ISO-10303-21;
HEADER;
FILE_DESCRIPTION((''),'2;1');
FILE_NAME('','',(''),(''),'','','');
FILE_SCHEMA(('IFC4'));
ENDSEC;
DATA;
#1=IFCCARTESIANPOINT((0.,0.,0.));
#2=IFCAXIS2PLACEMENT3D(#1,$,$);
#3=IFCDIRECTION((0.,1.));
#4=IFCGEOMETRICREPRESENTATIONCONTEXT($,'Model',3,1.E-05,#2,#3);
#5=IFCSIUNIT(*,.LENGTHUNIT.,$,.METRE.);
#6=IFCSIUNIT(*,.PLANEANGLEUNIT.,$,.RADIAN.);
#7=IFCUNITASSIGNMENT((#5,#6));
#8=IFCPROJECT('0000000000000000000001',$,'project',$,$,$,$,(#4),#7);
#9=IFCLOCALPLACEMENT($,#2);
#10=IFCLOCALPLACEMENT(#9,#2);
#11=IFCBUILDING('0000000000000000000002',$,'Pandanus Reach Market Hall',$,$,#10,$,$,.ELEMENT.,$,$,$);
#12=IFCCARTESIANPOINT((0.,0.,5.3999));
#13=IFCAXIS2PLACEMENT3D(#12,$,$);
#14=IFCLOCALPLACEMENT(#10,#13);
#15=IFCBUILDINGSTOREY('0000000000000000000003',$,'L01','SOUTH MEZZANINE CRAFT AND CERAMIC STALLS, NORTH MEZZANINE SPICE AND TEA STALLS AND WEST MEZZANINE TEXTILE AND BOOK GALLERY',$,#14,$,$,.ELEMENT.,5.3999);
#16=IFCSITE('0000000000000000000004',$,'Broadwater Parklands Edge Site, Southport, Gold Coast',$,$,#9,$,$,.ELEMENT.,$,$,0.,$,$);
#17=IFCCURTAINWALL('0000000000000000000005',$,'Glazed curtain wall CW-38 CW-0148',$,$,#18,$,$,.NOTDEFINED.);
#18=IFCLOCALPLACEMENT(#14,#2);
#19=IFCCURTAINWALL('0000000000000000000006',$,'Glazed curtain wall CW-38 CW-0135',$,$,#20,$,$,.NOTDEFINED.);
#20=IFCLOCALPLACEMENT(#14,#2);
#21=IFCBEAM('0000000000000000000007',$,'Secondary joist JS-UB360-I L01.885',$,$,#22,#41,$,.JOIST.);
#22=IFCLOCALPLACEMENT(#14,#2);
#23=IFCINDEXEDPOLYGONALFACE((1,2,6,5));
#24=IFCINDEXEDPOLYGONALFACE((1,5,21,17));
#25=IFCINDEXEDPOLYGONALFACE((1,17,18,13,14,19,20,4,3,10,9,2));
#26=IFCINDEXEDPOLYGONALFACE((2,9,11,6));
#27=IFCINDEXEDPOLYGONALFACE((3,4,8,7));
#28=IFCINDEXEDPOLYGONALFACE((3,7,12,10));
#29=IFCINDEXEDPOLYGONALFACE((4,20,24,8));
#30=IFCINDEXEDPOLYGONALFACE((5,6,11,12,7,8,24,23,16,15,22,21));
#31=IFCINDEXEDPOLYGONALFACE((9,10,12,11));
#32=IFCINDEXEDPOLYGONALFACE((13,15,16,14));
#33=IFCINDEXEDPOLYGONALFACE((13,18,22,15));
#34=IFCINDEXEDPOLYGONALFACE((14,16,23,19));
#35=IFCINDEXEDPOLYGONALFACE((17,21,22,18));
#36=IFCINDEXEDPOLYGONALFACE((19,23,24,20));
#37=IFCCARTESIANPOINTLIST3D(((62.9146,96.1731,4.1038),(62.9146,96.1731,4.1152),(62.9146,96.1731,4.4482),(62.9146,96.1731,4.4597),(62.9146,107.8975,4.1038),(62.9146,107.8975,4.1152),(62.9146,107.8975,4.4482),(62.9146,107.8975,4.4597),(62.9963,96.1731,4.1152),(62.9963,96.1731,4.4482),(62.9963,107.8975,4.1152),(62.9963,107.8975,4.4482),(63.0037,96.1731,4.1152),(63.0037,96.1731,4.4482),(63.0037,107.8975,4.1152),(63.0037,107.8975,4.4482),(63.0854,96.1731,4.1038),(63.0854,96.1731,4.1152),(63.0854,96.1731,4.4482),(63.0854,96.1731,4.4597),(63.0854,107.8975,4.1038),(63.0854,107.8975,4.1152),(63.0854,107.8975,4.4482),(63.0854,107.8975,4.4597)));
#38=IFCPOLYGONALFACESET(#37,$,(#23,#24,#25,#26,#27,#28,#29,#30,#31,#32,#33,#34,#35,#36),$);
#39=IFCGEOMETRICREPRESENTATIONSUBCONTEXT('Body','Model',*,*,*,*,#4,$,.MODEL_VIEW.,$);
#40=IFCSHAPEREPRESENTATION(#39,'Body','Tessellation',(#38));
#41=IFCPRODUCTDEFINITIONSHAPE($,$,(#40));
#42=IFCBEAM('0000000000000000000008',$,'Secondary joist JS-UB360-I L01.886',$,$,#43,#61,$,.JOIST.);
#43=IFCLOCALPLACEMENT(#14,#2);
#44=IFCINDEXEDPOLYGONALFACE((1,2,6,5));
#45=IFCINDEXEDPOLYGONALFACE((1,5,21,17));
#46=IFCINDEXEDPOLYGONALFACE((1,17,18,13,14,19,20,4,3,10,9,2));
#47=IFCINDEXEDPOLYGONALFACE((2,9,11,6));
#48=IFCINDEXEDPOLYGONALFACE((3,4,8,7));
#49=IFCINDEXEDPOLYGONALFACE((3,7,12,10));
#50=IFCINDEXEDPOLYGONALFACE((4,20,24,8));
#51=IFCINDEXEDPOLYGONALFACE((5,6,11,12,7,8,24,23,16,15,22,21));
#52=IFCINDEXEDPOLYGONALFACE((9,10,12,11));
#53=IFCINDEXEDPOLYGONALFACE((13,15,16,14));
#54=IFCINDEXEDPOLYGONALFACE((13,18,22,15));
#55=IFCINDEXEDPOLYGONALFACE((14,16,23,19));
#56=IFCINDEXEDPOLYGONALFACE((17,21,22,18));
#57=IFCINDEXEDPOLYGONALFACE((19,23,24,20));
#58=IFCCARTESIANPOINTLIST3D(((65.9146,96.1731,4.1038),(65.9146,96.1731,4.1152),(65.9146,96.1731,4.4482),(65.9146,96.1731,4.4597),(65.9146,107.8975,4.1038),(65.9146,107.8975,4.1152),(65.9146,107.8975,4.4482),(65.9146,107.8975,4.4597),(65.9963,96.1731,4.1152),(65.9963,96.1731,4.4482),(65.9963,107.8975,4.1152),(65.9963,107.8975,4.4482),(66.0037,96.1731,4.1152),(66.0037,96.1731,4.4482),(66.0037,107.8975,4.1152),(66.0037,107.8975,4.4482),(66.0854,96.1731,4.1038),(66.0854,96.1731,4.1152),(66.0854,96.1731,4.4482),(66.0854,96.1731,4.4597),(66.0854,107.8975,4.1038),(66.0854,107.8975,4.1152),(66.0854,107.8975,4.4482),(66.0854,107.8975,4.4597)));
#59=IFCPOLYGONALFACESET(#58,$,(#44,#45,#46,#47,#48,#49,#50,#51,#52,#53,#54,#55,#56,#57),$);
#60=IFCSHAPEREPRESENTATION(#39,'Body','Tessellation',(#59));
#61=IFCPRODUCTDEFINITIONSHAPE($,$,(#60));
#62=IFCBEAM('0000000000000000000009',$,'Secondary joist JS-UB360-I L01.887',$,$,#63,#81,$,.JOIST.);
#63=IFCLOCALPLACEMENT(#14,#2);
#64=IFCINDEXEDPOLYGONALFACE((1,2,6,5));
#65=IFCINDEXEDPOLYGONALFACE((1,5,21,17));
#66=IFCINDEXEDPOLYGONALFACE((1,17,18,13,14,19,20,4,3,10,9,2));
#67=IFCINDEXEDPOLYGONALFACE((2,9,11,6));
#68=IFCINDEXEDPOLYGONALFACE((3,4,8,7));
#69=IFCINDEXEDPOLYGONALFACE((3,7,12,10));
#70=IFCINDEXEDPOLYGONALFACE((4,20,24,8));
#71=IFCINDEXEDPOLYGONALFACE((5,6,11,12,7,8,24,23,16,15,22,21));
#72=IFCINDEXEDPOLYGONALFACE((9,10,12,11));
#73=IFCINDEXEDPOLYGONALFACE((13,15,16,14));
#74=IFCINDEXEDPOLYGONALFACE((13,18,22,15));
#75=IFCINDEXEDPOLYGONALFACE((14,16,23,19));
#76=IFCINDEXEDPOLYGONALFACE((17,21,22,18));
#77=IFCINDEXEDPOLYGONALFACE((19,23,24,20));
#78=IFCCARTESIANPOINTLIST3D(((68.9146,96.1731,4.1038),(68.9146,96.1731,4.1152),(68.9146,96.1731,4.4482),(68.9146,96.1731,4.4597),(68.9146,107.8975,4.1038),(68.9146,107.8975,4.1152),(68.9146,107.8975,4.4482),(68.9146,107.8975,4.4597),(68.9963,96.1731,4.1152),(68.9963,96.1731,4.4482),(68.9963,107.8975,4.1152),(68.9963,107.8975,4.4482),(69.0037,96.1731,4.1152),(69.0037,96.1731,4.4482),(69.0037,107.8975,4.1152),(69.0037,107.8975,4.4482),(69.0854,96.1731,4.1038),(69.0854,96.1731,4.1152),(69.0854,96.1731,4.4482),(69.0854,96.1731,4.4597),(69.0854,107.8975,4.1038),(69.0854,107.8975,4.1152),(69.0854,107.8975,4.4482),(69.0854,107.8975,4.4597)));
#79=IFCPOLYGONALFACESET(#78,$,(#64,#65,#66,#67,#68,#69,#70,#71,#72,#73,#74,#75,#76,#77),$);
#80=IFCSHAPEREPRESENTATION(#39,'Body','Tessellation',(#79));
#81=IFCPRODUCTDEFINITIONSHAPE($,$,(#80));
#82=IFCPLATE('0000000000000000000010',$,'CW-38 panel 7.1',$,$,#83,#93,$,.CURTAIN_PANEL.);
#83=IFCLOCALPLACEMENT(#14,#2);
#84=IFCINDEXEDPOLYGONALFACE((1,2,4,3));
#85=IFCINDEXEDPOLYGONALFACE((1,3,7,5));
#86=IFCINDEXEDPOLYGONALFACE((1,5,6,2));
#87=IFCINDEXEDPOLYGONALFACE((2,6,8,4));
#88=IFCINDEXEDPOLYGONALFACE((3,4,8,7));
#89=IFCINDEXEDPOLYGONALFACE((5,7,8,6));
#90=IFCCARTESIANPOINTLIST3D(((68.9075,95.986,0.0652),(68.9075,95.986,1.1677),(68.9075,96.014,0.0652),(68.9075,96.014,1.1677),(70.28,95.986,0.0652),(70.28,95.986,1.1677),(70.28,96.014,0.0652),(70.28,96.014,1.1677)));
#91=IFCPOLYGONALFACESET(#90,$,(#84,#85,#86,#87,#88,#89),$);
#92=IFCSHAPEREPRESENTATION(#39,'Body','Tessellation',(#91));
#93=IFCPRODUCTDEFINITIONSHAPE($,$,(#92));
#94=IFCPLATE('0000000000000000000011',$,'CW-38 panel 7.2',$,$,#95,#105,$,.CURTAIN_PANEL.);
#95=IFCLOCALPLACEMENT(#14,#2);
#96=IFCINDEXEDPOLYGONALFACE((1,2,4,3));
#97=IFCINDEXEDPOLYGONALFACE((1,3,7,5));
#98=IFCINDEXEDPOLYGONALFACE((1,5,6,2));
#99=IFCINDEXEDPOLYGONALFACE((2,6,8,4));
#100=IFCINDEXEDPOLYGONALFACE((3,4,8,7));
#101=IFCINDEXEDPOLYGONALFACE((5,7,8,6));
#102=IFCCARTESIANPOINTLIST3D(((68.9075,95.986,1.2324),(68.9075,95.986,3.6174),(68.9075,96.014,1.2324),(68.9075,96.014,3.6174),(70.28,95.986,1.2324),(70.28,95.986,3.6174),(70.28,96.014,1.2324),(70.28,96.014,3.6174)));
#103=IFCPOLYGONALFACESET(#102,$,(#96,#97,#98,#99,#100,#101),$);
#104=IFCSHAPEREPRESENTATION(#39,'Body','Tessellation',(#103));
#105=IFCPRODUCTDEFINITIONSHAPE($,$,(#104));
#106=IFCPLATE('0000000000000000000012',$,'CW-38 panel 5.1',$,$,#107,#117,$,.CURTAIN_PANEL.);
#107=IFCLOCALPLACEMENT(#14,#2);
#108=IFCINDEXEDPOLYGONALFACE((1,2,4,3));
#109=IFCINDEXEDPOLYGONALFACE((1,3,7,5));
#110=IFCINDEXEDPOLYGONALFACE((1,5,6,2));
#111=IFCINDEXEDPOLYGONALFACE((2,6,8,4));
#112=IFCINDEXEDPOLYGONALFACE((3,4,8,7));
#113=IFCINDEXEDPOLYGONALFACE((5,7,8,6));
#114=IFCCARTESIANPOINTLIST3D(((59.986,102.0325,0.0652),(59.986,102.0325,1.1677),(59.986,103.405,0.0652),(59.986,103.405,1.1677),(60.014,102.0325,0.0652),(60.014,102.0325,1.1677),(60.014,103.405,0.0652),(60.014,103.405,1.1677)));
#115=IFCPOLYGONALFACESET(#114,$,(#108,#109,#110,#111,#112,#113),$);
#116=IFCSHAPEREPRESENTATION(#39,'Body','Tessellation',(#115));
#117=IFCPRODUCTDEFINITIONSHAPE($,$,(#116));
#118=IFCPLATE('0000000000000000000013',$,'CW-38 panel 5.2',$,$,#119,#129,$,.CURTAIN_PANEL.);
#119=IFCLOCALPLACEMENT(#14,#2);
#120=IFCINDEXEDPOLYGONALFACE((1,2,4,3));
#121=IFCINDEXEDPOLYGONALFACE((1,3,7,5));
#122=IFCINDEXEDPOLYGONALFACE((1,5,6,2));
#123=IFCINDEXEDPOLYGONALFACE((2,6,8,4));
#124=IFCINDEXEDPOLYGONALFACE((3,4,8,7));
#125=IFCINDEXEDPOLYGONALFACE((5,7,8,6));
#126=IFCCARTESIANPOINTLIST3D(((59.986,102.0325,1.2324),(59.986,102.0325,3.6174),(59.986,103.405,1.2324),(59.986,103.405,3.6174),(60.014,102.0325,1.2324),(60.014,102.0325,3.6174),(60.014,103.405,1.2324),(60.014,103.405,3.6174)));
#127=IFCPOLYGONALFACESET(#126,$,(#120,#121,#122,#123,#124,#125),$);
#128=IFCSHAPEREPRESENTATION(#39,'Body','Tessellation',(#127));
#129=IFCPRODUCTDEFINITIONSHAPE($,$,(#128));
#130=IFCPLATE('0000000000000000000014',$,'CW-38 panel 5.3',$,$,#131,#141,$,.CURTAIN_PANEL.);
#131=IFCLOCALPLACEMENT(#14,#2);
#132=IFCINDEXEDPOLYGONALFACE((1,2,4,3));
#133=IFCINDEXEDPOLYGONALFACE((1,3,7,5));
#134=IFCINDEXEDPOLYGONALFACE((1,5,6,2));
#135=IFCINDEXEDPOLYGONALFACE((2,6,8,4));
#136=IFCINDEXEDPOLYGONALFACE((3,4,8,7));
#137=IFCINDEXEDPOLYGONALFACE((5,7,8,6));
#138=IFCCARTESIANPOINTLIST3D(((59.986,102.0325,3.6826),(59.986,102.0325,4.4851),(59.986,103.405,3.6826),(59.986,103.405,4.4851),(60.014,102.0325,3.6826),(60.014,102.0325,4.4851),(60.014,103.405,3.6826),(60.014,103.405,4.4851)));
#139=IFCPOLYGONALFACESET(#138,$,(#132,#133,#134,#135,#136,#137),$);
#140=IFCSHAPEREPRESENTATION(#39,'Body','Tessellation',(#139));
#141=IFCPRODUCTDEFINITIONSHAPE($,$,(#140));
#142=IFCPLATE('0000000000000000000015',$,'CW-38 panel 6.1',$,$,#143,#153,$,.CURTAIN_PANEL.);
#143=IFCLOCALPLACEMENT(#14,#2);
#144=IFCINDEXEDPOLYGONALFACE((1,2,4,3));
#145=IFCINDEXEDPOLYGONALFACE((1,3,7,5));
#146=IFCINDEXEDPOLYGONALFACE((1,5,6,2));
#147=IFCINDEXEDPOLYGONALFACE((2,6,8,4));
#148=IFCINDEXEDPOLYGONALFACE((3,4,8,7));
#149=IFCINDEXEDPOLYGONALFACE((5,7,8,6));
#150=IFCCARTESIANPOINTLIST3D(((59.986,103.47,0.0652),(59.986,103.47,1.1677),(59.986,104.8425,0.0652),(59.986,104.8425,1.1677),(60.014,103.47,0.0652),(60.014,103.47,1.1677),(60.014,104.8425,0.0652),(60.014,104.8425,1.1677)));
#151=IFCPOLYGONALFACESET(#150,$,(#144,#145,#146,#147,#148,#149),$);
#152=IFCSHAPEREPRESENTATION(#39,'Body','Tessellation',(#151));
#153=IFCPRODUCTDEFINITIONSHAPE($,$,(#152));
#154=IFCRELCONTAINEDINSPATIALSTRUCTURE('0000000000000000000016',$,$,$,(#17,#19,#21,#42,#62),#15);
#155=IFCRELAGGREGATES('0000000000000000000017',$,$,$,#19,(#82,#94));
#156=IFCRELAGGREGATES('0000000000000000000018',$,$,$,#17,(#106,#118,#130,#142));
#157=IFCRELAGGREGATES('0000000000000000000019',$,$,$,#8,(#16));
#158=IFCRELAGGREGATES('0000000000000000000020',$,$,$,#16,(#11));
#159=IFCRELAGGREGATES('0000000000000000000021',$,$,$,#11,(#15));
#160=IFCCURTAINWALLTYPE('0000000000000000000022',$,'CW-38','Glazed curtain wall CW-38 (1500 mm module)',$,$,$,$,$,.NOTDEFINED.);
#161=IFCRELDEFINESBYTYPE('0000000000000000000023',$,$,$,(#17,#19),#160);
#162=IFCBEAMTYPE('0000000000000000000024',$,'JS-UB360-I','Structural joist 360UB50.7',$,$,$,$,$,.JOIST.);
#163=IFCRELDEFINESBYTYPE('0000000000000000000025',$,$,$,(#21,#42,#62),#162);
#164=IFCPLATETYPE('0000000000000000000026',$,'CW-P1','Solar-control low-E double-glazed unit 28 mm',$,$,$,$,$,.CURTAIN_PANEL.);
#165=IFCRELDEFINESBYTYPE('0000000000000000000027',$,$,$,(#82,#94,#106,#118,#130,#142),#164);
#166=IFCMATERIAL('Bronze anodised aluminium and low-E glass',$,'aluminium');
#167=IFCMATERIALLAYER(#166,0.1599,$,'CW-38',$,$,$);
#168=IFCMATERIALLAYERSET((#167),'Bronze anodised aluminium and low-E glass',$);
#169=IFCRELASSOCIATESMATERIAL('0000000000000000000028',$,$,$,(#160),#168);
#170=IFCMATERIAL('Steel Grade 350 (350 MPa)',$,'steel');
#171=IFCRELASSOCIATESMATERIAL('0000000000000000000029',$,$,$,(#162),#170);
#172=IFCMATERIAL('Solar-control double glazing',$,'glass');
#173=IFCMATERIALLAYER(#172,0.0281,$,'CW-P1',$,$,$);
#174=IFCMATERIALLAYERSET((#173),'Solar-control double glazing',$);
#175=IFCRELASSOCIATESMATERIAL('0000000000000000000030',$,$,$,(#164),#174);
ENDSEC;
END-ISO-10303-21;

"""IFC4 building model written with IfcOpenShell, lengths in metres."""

from ifc_helpers import new_model, si_unit, direction, frame, origin, origin_2d, place, context, subcontext, project, spatial, rectangle, i_section, extrude, material, layer, layer_set, material_profile, profile_set, type_object, element, aggregate, save


model = new_model("IFC4")

# Units and contexts
model_context = context("Model", 3, precision=1e-05, world=origin(), true_north=direction((0.0, 1.0)))
body_context = subcontext(model_context, "Body", "Model", "MODEL_VIEW")
ifc_project = project(units=[si_unit("LENGTHUNIT", "METRE"), si_unit("PLANEANGLEUNIT", "RADIAN")], contexts=[model_context])

# Site, building, storey
site_placement = place(None, origin())
site = spatial("IfcSite", under=ifc_project, at=site_placement, Name="Broadwater Parklands Edge Site, Southport, Gold Coast", CompositionType="ELEMENT", RefElevation=0.0)
building_placement = place(site_placement, origin())
building = spatial("IfcBuilding", under=site, at=building_placement, Name="Pandanus Reach Market Hall", CompositionType="ELEMENT")
storey_placement = place(building_placement, frame((0.0, 0.0, 5.3999)))
storey = spatial("IfcBuildingStorey", under=building, at=storey_placement, Name="L01", Description="SOUTH MEZZANINE CRAFT AND CERAMIC STALLS, NORTH MEZZANINE SPICE AND TEA STALLS AND WEST MEZZANINE TEXTILE AND BOOK GALLERY", CompositionType="ELEMENT", Elevation=5.3999)

# Curtain wall
ifc_material_1 = material(Name="Bronze anodised aluminium and low-E glass", Category="aluminium")
ifc_layer_1 = layer(ifc_material_1, 0.1599, Name="CW-38")
ifc_layer_set_1 = layer_set([ifc_layer_1], Name="Bronze anodised aluminium and low-E glass")
curtain_wall_type = type_object("IfcCurtainWallType", Name="CW-38", Description="Glazed curtain wall CW-38 (1500 mm module)", PredefinedType="NOTDEFINED", material=ifc_layer_set_1)
curtain_wall_1_placement = place(storey_placement, origin())
curtain_wall_1 = element("IfcCurtainWall", 1, at=curtain_wall_1_placement, inside=storey, type_object=curtain_wall_type, Name="Glazed curtain wall CW-38 CW-0148", PredefinedType="NOTDEFINED")

# Curtain wall
curtain_wall_2_placement = place(storey_placement, origin())
curtain_wall_2 = element("IfcCurtainWall", 2, at=curtain_wall_2_placement, inside=storey, type_object=curtain_wall_type, Name="Glazed curtain wall CW-38 CW-0135", PredefinedType="NOTDEFINED")

# Beams
ifc_material_2 = material(Name="Steel Grade 350 (350 MPa)", Category="steel")
ifc_material_profile_1 = material_profile(ifc_material_2, i_section(OverallWidth=0.1709, OverallDepth=0.356, WebThickness=0.0073, FlangeThickness=0.0115, at=origin_2d()), Name="360UB50.7", Category="LoadBearing")
ifc_profile_set_1 = profile_set([ifc_material_profile_1], Name="Steel Grade 350 (350 MPa)")
beam_type = type_object("IfcBeamType", Name="JS-UB360-I", Description="Structural joist 360UB50.7", PredefinedType="JOIST", material=ifc_profile_set_1)
for number, where, z_axis, x_axis, name in (
    (3, (63.0, 96.1731, 4.2817), (0.0, 1.0, 0.0), (-1.0, 0.0, 0.0), "Secondary joist JS-UB360-I L01.885"),
    (4, (66.0, 96.1731, 4.2817), (0.0, 1.0, 0.0), (-1.0, 0.0, 0.0), "Secondary joist JS-UB360-I L01.886"),
    (5, (69.0, 96.1731, 4.2817), (0.0, 1.0, 0.0), (-1.0, 0.0, 0.0), "Secondary joist JS-UB360-I L01.887"),
):
    element("IfcBeam", number, at=place(storey_placement, frame(where, z_axis=z_axis, x_axis=x_axis)), inside=storey, type_object=beam_type, Name=name, PredefinedType="JOIST", context=body_context, shape_type="SweptSolid", body=[
        extrude(i_section(OverallWidth=0.1709, OverallDepth=0.356, WebThickness=0.0073, FlangeThickness=0.0115, at=origin_2d()), origin(), (0.0, 0.0, 1.0), 11.7244),
    ])

# Plates
ifc_material_3 = material(Name="Solar-control double glazing", Category="glass")
ifc_layer_2 = layer(ifc_material_3, 0.0281, Name="CW-P1")
ifc_layer_set_2 = layer_set([ifc_layer_2], Name="Solar-control double glazing")
plate_type = type_object("IfcPlateType", Name="CW-P1", Description="Solar-control low-E double-glazed unit 28 mm", PredefinedType="CURTAIN_PANEL", material=ifc_layer_set_2)
plate_1_placement = place(storey_placement, frame((69.5938, 96.0, 0.0652), z_axis=(0.0, 0.0, 1.0), x_axis=(1.0, 0.0, 0.0)))
plate_1 = element("IfcPlate", 6, at=plate_1_placement, type_object=plate_type, Name="CW-38 panel 7.1", PredefinedType="CURTAIN_PANEL", context=body_context, shape_type="SweptSolid", body=[
    extrude(rectangle(XDim=1.3726, YDim=0.0281, at=origin_2d()), origin(), (0.0, 0.0, 1.0), 1.1025),
])
plate_2_placement = place(storey_placement, frame((69.5938, 96.0, 1.2324), z_axis=(0.0, 0.0, 1.0), x_axis=(1.0, 0.0, 0.0)))
plate_2 = element("IfcPlate", 7, at=plate_2_placement, type_object=plate_type, Name="CW-38 panel 7.2", PredefinedType="CURTAIN_PANEL", context=body_context, shape_type="SweptSolid", body=[
    extrude(rectangle(XDim=1.3726, YDim=0.0281, at=origin_2d()), origin(), (0.0, 0.0, 1.0), 2.385),
])
aggregate(curtain_wall_2, [plate_1, plate_2])
plate_3_placement = place(storey_placement, frame((60.0, 102.7188, 0.0652), z_axis=(0.0, 0.0, 1.0), x_axis=(0.0, 1.0, 0.0)))
plate_3 = element("IfcPlate", 8, at=plate_3_placement, type_object=plate_type, Name="CW-38 panel 5.1", PredefinedType="CURTAIN_PANEL", context=body_context, shape_type="SweptSolid", body=[
    extrude(rectangle(XDim=1.3726, YDim=0.0281, at=origin_2d()), origin(), (0.0, 0.0, 1.0), 1.1025),
])
plate_4_placement = place(storey_placement, frame((60.0, 102.7188, 1.2324), z_axis=(0.0, 0.0, 1.0), x_axis=(0.0, 1.0, 0.0)))
plate_4 = element("IfcPlate", 9, at=plate_4_placement, type_object=plate_type, Name="CW-38 panel 5.2", PredefinedType="CURTAIN_PANEL", context=body_context, shape_type="SweptSolid", body=[
    extrude(rectangle(XDim=1.3726, YDim=0.0281, at=origin_2d()), origin(), (0.0, 0.0, 1.0), 2.385),
])
plate_5_placement = place(storey_placement, frame((60.0, 102.7188, 3.6826), z_axis=(0.0, 0.0, 1.0), x_axis=(0.0, 1.0, 0.0)))
plate_5 = element("IfcPlate", 10, at=plate_5_placement, type_object=plate_type, Name="CW-38 panel 5.3", PredefinedType="CURTAIN_PANEL", context=body_context, shape_type="SweptSolid", body=[
    extrude(rectangle(XDim=1.3726, YDim=0.0281, at=origin_2d()), origin(), (0.0, 0.0, 1.0), 0.8025),
])
plate_6_placement = place(storey_placement, frame((60.0, 104.1562, 0.0652), z_axis=(0.0, 0.0, 1.0), x_axis=(0.0, 1.0, 0.0)))
plate_6 = element("IfcPlate", 11, at=plate_6_placement, type_object=plate_type, Name="CW-38 panel 6.1", PredefinedType="CURTAIN_PANEL", context=body_context, shape_type="SweptSolid", body=[
    extrude(rectangle(XDim=1.3726, YDim=0.0281, at=origin_2d()), origin(), (0.0, 0.0, 1.0), 1.1025),
])
aggregate(curtain_wall_1, [plate_3, plate_4, plate_5, plate_6])

save(model, "model.ifc")
